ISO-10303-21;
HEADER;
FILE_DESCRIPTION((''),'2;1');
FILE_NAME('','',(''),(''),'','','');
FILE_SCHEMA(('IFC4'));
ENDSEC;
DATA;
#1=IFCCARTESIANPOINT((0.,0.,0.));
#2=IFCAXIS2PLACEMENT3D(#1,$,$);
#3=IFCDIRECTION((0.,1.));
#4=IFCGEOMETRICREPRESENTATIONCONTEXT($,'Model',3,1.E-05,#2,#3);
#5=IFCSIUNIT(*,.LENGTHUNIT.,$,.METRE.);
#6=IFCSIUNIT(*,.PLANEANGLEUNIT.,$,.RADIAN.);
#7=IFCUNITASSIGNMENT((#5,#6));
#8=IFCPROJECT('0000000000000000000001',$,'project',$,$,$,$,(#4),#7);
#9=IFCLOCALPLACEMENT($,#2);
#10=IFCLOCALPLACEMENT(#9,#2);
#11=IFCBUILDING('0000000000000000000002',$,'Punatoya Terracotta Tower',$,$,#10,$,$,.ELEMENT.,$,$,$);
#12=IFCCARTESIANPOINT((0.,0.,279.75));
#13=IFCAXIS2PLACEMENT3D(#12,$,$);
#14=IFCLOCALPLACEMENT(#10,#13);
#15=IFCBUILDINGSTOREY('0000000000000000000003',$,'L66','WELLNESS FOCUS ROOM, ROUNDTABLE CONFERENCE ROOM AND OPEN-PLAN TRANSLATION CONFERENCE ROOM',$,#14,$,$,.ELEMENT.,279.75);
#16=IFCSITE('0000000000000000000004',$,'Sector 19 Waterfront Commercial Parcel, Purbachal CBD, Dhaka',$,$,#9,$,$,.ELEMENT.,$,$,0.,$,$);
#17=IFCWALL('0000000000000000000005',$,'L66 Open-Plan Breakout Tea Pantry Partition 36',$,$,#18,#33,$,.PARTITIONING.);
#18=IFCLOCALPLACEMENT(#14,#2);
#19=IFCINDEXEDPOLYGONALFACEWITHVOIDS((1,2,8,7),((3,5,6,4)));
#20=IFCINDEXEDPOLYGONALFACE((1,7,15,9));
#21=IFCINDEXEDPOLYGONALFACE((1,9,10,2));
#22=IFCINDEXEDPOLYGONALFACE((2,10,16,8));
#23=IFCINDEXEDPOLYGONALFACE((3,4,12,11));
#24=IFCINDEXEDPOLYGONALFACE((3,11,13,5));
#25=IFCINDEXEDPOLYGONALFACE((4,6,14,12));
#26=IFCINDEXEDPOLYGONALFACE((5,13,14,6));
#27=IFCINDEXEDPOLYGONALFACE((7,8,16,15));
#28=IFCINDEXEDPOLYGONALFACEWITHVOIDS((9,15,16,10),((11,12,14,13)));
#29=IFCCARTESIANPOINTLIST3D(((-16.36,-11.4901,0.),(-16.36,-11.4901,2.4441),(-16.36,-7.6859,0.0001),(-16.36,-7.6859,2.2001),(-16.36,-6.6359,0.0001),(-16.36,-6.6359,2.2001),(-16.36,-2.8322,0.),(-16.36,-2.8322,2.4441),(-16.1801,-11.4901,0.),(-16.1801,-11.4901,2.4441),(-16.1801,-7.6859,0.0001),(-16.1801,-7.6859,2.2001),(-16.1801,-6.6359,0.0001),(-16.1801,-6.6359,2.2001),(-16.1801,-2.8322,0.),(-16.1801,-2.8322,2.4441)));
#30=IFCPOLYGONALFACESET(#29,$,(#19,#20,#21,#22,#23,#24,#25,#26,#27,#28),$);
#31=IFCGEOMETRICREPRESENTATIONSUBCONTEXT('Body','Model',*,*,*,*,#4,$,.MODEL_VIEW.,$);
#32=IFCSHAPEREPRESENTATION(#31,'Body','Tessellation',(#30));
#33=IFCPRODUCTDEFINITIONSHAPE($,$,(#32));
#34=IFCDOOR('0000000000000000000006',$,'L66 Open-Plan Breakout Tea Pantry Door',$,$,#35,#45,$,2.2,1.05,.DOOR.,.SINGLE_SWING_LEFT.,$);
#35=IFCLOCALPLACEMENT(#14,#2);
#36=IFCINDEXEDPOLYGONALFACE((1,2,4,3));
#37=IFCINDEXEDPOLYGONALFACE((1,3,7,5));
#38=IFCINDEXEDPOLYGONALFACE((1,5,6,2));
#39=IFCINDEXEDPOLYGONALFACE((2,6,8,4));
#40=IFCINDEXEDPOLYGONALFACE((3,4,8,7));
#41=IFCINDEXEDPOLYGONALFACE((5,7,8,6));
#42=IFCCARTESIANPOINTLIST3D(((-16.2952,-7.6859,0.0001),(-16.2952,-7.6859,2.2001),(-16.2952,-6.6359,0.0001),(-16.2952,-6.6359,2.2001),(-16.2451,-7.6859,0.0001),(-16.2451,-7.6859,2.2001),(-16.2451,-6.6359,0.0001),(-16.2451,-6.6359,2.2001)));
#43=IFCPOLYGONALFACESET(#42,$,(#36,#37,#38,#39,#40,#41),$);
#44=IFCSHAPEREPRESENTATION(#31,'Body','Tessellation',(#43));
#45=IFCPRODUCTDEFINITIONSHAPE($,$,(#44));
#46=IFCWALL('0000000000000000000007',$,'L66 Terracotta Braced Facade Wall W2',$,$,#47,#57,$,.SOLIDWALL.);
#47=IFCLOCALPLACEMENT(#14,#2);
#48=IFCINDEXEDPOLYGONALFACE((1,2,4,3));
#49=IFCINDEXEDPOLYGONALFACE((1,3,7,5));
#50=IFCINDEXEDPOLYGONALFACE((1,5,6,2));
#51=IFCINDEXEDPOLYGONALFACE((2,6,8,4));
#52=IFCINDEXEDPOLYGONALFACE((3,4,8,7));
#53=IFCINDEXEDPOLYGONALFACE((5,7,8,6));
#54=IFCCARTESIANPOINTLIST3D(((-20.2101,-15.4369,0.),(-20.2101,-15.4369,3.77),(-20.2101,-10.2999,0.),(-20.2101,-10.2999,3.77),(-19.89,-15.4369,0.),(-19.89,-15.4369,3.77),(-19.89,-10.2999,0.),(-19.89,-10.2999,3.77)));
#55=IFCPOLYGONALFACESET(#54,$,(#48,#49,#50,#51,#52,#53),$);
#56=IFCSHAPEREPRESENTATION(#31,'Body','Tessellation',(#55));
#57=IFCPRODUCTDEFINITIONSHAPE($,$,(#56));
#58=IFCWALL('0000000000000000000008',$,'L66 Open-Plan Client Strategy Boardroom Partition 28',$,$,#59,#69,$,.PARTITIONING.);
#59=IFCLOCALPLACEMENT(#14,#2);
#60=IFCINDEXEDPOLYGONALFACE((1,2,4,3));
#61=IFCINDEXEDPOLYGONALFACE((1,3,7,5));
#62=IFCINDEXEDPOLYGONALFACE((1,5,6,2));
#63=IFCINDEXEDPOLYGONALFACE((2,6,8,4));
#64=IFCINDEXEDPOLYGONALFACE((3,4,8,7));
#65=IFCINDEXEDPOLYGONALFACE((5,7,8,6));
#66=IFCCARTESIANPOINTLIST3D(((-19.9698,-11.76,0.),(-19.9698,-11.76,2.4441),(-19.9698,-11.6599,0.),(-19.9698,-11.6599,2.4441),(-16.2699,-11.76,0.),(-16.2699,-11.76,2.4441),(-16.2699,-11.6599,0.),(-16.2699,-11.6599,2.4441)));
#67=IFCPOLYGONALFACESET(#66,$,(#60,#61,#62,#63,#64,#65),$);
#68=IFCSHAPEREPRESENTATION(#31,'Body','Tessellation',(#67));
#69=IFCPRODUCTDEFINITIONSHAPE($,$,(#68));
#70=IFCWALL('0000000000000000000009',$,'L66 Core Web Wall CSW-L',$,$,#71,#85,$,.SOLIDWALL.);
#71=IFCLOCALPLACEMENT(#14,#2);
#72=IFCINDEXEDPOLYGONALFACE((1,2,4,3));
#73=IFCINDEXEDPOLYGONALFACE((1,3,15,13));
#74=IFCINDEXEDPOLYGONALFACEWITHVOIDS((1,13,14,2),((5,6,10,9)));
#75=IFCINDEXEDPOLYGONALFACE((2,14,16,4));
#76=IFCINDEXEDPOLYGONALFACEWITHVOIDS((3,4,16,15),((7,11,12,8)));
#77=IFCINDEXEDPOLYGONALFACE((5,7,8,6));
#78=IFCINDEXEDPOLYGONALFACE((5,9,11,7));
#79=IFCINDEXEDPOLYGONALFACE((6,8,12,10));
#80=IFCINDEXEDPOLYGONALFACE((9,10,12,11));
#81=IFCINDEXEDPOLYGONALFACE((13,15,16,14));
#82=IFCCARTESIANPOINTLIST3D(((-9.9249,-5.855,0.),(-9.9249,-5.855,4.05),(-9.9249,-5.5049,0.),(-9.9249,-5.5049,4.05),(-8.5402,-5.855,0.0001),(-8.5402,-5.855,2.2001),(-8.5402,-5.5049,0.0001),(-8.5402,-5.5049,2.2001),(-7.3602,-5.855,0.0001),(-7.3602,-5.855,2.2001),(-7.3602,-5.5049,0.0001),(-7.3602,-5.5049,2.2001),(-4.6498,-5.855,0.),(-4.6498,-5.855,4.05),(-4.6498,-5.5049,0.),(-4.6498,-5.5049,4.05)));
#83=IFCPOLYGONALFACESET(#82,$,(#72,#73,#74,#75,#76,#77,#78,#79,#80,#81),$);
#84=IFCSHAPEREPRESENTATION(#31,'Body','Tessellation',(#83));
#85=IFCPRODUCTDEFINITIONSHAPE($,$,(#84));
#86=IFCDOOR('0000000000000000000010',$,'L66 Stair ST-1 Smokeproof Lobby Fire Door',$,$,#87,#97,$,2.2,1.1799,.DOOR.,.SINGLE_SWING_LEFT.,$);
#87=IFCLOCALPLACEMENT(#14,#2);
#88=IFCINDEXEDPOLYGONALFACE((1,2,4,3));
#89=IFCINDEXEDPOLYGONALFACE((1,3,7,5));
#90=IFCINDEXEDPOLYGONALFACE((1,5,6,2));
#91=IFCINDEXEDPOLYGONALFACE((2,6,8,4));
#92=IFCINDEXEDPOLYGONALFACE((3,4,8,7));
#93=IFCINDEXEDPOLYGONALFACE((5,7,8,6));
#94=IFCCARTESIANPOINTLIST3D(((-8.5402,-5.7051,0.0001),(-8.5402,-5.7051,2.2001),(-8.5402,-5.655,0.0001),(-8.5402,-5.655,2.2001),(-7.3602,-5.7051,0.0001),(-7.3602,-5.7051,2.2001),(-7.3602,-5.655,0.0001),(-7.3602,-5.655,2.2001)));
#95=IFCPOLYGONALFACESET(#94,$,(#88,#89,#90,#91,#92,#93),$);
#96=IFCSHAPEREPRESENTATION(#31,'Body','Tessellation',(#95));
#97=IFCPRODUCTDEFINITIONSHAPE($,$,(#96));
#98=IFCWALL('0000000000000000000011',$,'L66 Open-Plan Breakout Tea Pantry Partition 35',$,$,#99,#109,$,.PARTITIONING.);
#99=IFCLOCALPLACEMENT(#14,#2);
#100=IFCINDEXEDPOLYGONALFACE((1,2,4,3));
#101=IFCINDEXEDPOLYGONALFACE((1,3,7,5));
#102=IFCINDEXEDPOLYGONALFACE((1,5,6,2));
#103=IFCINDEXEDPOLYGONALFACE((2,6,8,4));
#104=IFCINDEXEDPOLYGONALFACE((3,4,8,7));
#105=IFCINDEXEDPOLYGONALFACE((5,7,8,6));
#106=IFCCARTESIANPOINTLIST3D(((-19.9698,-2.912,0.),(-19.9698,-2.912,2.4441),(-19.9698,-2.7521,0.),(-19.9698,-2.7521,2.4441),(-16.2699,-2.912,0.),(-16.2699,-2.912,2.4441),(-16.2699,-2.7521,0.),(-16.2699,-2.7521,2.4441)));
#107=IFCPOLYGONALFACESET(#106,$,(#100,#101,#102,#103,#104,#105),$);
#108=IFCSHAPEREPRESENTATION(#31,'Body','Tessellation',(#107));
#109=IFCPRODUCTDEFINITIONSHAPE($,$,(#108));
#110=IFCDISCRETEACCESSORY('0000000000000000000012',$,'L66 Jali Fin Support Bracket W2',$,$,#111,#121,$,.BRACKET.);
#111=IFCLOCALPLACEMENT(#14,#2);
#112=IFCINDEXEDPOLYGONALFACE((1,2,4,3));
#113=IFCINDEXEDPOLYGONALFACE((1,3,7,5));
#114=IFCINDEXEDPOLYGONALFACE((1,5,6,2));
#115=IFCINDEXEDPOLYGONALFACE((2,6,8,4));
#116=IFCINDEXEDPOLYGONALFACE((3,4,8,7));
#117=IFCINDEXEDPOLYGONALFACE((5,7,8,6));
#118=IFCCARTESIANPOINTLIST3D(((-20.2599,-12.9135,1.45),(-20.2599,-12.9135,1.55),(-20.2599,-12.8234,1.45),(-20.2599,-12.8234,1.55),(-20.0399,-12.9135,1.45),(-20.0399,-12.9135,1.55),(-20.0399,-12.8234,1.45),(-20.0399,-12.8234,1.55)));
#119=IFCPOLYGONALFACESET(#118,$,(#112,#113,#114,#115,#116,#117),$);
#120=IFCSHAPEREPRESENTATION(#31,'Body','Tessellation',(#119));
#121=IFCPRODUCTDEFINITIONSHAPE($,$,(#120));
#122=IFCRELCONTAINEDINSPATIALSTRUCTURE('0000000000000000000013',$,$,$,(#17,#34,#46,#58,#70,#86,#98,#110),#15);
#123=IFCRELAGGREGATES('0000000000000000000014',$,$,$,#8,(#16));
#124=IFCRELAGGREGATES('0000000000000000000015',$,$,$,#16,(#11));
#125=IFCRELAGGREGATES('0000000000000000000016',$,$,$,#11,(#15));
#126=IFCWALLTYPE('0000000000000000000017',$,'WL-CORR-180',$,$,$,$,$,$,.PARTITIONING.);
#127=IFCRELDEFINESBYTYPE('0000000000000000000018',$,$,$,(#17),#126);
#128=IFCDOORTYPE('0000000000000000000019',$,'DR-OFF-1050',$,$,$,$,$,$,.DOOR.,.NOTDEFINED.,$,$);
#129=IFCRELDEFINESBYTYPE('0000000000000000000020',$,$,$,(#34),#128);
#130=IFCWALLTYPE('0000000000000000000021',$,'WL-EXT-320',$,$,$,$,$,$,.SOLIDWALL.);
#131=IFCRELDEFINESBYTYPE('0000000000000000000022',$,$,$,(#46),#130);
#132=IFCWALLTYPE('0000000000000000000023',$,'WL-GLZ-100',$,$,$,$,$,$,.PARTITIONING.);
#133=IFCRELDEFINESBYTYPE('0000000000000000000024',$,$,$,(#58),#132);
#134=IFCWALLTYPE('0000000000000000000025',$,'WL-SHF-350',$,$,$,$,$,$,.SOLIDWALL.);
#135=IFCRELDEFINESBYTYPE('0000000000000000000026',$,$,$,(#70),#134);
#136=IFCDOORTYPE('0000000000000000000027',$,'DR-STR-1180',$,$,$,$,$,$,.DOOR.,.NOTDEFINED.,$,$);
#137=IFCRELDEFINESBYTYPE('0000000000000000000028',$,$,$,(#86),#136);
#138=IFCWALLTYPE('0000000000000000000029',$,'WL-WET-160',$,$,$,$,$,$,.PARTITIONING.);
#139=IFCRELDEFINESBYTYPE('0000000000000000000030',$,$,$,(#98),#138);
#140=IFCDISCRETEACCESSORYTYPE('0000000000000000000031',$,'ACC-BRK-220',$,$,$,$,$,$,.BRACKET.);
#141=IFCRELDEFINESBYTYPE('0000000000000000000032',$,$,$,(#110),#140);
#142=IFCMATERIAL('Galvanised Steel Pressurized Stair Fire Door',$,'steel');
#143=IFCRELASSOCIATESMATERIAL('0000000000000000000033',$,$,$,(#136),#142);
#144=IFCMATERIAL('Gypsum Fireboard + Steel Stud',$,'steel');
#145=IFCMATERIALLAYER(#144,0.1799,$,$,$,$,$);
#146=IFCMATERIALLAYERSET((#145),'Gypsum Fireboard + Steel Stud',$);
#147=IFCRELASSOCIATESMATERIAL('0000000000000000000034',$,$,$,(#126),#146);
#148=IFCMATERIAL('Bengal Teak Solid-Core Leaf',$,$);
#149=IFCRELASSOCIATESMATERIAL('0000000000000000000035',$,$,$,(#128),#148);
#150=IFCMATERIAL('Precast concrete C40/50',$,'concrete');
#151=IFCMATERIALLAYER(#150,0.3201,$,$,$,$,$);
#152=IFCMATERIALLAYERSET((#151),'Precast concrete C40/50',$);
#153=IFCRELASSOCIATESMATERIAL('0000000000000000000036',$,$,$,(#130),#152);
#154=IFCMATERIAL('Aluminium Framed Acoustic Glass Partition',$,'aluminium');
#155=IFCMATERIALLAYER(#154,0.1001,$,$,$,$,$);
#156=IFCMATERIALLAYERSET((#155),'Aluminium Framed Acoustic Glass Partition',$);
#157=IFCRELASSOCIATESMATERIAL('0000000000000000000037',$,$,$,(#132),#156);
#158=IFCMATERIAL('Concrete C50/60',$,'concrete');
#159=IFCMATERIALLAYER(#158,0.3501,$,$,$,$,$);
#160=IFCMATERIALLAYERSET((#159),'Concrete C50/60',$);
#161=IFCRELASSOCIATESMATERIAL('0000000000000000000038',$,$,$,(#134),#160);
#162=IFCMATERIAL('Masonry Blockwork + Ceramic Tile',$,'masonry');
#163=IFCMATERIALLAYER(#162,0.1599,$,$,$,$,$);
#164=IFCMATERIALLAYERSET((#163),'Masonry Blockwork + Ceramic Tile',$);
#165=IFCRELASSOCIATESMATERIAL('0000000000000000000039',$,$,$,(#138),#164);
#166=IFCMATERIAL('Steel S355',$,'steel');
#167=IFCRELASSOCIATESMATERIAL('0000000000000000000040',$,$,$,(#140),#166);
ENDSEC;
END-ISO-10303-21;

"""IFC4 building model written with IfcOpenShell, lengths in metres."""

from ifc_helpers import new_model, si_unit, direction, frame, frame_2d, origin, origin_2d, place, context, subcontext, project, spatial, rectangle, extrude, material, layer, layer_set, type_object, element, fill, save


model = new_model("IFC4")

# Units and contexts
model_context = context("Model", 3, precision=1e-05, world=origin(), true_north=direction((0.0, 1.0)))
body_context = subcontext(model_context, "Body", "Model", "MODEL_VIEW")
ifc_project = project(units=[si_unit("LENGTHUNIT", "METRE"), si_unit("PLANEANGLEUNIT", "RADIAN")], contexts=[model_context])

# Site, building, storey
site_placement = place(None, origin())
site = spatial("IfcSite", under=ifc_project, at=site_placement, Name="Sector 19 Waterfront Commercial Parcel, Purbachal CBD, Dhaka", CompositionType="ELEMENT", RefElevation=0.0)
building_placement = place(site_placement, origin())
building = spatial("IfcBuilding", under=site, at=building_placement, Name="Punatoya Terracotta Tower", CompositionType="ELEMENT")
storey_placement = place(building_placement, frame((0.0, 0.0, 279.75)))
storey = spatial("IfcBuildingStorey", under=building, at=storey_placement, Name="L66", Description="WELLNESS FOCUS ROOM, ROUNDTABLE CONFERENCE ROOM AND OPEN-PLAN TRANSLATION CONFERENCE ROOM", CompositionType="ELEMENT", Elevation=279.75)

# Shared definitions
ifc_material_1 = material(Name="Steel S355", Category="steel")

# Shared definitions
ifc_material_2 = material(Name="Concrete C50/60", Category="concrete")
ifc_material_3 = material(Name="Galvanised Steel Pressurized Stair Fire Door", Category="steel")
door_type_1 = type_object("IfcDoorType", Name="DR-STR-1180", OperationType="NOTDEFINED", PredefinedType="DOOR", material=ifc_material_3)
ifc_material_4 = material(Name="Gypsum Fireboard + Steel Stud", Category="steel")
ifc_layer_1 = layer(ifc_material_4, 0.1799)
ifc_layer_set_1 = layer_set([ifc_layer_1], Name="Gypsum Fireboard + Steel Stud")
wall_type_1 = type_object("IfcWallType", Name="WL-CORR-180", PredefinedType="PARTITIONING", material=ifc_layer_set_1)

# Wall, opening, door
wall_1_placement = place(storey_placement, frame((-16.27, -2.832, 0.0), z_axis=(0.0, 0.0, 1.0), x_axis=(0.0, -1.0, 0.0)))
wall_1 = element("IfcWall", 1, at=wall_1_placement, inside=storey, type_object=wall_type_1, Name="L66 Open-Plan Breakout Tea Pantry Partition 36", PredefinedType="PARTITIONING", context=body_context, shape_type="SweptSolid", body=[
    extrude(rectangle(XDim=8.658, YDim=0.1799, at=frame_2d((4.3291, 0.0))), origin(), (0.0, 0.0, 1.0), 2.4441),
])
opening_1_placement = place(wall_1_placement, frame((3.804, 0.0, 0.0)))
opening_1 = element("IfcOpeningElement", 2, at=opening_1_placement, cuts=wall_1, PredefinedType="OPENING", context=body_context, shape_type="SweptSolid", body=[
    extrude(rectangle(XDim=1.05, YDim=2.2, at=frame_2d((0.5249, 1.1001))), frame((0.0, 0.0999, 0.0), z_axis=(0.0, -1.0, 0.0), x_axis=(1.0, 0.0, 0.0)), (0.0, 0.0, 1.0), 0.2),
])
ifc_material_5 = material(Name="Bengal Teak Solid-Core Leaf")
door_type_2 = type_object("IfcDoorType", Name="DR-OFF-1050", OperationType="NOTDEFINED", PredefinedType="DOOR", material=ifc_material_5)
door_1_placement = place(opening_1_placement, origin())
door_1 = element("IfcDoor", 3, at=door_1_placement, inside=storey, type_object=door_type_2, Name="L66 Open-Plan Breakout Tea Pantry Door", OperationType="SINGLE_SWING_LEFT", OverallHeight=2.2, OverallWidth=1.05, PredefinedType="DOOR", context=body_context, shape_type="SweptSolid", body=[
    extrude(rectangle(XDim=1.05, YDim=2.2, at=frame_2d((0.5249, 1.1001))), frame((0.0, 0.0249, 0.0), z_axis=(0.0, -1.0, 0.0), x_axis=(1.0, 0.0, 0.0)), (0.0, 0.0, 1.0), 0.05),
])
fill(opening_1, door_1)

# Walls
ifc_material_6 = material(Name="Precast concrete C40/50", Category="concrete")
ifc_layer_2 = layer(ifc_material_6, 0.3201)
ifc_layer_set_2 = layer_set([ifc_layer_2], Name="Precast concrete C40/50")
wall_type_2 = type_object("IfcWallType", Name="WL-EXT-320", PredefinedType="SOLIDWALL", material=ifc_layer_set_2)
wall_2_placement = place(storey_placement, frame((-20.05, -10.3, 0.0), z_axis=(0.0, 0.0, 1.0), x_axis=(0.0, -1.0, 0.0)))
element("IfcWall", 4, at=wall_2_placement, inside=storey, type_object=wall_type_2, Name="L66 Terracotta Braced Facade Wall W2", PredefinedType="SOLIDWALL", context=body_context, shape_type="SweptSolid", body=[
    extrude(rectangle(XDim=5.137, YDim=0.3201, at=frame_2d((2.5684, 0.0))), origin(), (0.0, 0.0, 1.0), 3.77),
])
ifc_material_7 = material(Name="Aluminium Framed Acoustic Glass Partition", Category="aluminium")
ifc_layer_3 = layer(ifc_material_7, 0.1001)
ifc_layer_set_3 = layer_set([ifc_layer_3], Name="Aluminium Framed Acoustic Glass Partition")
wall_type_3 = type_object("IfcWallType", Name="WL-GLZ-100", PredefinedType="PARTITIONING", material=ifc_layer_set_3)
wall_3_placement = place(storey_placement, frame((-19.97, -11.71, 0.0), z_axis=(0.0, 0.0, 1.0), x_axis=(1.0, 0.0, 0.0)))
element("IfcWall", 5, at=wall_3_placement, inside=storey, type_object=wall_type_3, Name="L66 Open-Plan Client Strategy Boardroom Partition 28", PredefinedType="PARTITIONING", context=body_context, shape_type="SweptSolid", body=[
    extrude(rectangle(XDim=3.7, YDim=0.1001, at=frame_2d((1.8501, 0.0))), origin(), (0.0, 0.0, 1.0), 2.4441),
])

# Wall, opening, door
ifc_layer_4 = layer(ifc_material_2, 0.3501)
ifc_layer_set_4 = layer_set([ifc_layer_4], Name="Concrete C50/60")
wall_type_4 = type_object("IfcWallType", Name="WL-SHF-350", PredefinedType="SOLIDWALL", material=ifc_layer_set_4)
wall_4_placement = place(storey_placement, frame((-9.925, -5.6799, 0.0), z_axis=(0.0, 0.0, 1.0), x_axis=(1.0, 0.0, 0.0)))
wall_4 = element("IfcWall", 6, at=wall_4_placement, inside=storey, type_object=wall_type_4, Name="L66 Core Web Wall CSW-L", PredefinedType="SOLIDWALL", context=body_context, shape_type="SweptSolid", body=[
    extrude(rectangle(XDim=5.2751, YDim=0.3501, at=frame_2d((2.6377, 0.0))), origin(), (0.0, 0.0, 1.0), 4.05),
])
opening_2_placement = place(wall_4_placement, frame((1.385, 0.0, 0.0)))
opening_2 = element("IfcOpeningElement", 7, at=opening_2_placement, cuts=wall_4, PredefinedType="OPENING", context=body_context, shape_type="SweptSolid", body=[
    extrude(rectangle(XDim=1.1799, YDim=2.2, at=frame_2d((0.5898, 1.1001))), frame((0.0, 0.1851, 0.0), z_axis=(0.0, -1.0, 0.0), x_axis=(1.0, 0.0, 0.0)), (0.0, 0.0, 1.0), 0.3701),
])
door_2_placement = place(opening_2_placement, origin())
door_2 = element("IfcDoor", 8, at=door_2_placement, inside=storey, type_object=door_type_1, Name="L66 Stair ST-1 Smokeproof Lobby Fire Door", OperationType="SINGLE_SWING_LEFT", OverallHeight=2.2, OverallWidth=1.1799, PredefinedType="DOOR", context=body_context, shape_type="SweptSolid", body=[
    extrude(rectangle(XDim=1.1799, YDim=2.2, at=frame_2d((0.5898, 1.1001))), frame((0.0, 0.0249, 0.0), z_axis=(0.0, -1.0, 0.0), x_axis=(1.0, 0.0, 0.0)), (0.0, 0.0, 1.0), 0.05),
])
fill(opening_2, door_2)

# Wall
ifc_material_8 = material(Name="Masonry Blockwork + Ceramic Tile", Category="masonry")
ifc_layer_5 = layer(ifc_material_8, 0.1599)
ifc_layer_set_5 = layer_set([ifc_layer_5], Name="Masonry Blockwork + Ceramic Tile")
wall_type_5 = type_object("IfcWallType", Name="WL-WET-160", PredefinedType="PARTITIONING", material=ifc_layer_set_5)
wall_5_placement = place(storey_placement, frame((-19.97, -2.832, 0.0), z_axis=(0.0, 0.0, 1.0), x_axis=(1.0, 0.0, 0.0)))
element("IfcWall", 9, at=wall_5_placement, inside=storey, type_object=wall_type_5, Name="L66 Open-Plan Breakout Tea Pantry Partition 35", PredefinedType="PARTITIONING", context=body_context, shape_type="SweptSolid", body=[
    extrude(rectangle(XDim=3.7, YDim=0.1599, at=frame_2d((1.8501, 0.0))), origin(), (0.0, 0.0, 1.0), 2.4441),
])

# Discrete accessory
discrete_accessory_type = type_object("IfcDiscreteAccessoryType", Name="ACC-BRK-220", PredefinedType="BRACKET", material=ifc_material_1)
discrete_accessory_placement = place(storey_placement, frame((-20.1499, -12.8684, 1.45), z_axis=(0.0, 0.0, 1.0), x_axis=(0.0, -1.0, 0.0)))
element("IfcDiscreteAccessory", 10, at=discrete_accessory_placement, inside=storey, type_object=discrete_accessory_type, Name="L66 Jali Fin Support Bracket W2", PredefinedType="BRACKET", context=body_context, shape_type="SweptSolid", body=[
    extrude(rectangle(XDim=0.0901, YDim=0.22, at=origin_2d()), origin(), (0.0, 0.0, 1.0), 0.1001),
])

save(model, "model.ifc")
